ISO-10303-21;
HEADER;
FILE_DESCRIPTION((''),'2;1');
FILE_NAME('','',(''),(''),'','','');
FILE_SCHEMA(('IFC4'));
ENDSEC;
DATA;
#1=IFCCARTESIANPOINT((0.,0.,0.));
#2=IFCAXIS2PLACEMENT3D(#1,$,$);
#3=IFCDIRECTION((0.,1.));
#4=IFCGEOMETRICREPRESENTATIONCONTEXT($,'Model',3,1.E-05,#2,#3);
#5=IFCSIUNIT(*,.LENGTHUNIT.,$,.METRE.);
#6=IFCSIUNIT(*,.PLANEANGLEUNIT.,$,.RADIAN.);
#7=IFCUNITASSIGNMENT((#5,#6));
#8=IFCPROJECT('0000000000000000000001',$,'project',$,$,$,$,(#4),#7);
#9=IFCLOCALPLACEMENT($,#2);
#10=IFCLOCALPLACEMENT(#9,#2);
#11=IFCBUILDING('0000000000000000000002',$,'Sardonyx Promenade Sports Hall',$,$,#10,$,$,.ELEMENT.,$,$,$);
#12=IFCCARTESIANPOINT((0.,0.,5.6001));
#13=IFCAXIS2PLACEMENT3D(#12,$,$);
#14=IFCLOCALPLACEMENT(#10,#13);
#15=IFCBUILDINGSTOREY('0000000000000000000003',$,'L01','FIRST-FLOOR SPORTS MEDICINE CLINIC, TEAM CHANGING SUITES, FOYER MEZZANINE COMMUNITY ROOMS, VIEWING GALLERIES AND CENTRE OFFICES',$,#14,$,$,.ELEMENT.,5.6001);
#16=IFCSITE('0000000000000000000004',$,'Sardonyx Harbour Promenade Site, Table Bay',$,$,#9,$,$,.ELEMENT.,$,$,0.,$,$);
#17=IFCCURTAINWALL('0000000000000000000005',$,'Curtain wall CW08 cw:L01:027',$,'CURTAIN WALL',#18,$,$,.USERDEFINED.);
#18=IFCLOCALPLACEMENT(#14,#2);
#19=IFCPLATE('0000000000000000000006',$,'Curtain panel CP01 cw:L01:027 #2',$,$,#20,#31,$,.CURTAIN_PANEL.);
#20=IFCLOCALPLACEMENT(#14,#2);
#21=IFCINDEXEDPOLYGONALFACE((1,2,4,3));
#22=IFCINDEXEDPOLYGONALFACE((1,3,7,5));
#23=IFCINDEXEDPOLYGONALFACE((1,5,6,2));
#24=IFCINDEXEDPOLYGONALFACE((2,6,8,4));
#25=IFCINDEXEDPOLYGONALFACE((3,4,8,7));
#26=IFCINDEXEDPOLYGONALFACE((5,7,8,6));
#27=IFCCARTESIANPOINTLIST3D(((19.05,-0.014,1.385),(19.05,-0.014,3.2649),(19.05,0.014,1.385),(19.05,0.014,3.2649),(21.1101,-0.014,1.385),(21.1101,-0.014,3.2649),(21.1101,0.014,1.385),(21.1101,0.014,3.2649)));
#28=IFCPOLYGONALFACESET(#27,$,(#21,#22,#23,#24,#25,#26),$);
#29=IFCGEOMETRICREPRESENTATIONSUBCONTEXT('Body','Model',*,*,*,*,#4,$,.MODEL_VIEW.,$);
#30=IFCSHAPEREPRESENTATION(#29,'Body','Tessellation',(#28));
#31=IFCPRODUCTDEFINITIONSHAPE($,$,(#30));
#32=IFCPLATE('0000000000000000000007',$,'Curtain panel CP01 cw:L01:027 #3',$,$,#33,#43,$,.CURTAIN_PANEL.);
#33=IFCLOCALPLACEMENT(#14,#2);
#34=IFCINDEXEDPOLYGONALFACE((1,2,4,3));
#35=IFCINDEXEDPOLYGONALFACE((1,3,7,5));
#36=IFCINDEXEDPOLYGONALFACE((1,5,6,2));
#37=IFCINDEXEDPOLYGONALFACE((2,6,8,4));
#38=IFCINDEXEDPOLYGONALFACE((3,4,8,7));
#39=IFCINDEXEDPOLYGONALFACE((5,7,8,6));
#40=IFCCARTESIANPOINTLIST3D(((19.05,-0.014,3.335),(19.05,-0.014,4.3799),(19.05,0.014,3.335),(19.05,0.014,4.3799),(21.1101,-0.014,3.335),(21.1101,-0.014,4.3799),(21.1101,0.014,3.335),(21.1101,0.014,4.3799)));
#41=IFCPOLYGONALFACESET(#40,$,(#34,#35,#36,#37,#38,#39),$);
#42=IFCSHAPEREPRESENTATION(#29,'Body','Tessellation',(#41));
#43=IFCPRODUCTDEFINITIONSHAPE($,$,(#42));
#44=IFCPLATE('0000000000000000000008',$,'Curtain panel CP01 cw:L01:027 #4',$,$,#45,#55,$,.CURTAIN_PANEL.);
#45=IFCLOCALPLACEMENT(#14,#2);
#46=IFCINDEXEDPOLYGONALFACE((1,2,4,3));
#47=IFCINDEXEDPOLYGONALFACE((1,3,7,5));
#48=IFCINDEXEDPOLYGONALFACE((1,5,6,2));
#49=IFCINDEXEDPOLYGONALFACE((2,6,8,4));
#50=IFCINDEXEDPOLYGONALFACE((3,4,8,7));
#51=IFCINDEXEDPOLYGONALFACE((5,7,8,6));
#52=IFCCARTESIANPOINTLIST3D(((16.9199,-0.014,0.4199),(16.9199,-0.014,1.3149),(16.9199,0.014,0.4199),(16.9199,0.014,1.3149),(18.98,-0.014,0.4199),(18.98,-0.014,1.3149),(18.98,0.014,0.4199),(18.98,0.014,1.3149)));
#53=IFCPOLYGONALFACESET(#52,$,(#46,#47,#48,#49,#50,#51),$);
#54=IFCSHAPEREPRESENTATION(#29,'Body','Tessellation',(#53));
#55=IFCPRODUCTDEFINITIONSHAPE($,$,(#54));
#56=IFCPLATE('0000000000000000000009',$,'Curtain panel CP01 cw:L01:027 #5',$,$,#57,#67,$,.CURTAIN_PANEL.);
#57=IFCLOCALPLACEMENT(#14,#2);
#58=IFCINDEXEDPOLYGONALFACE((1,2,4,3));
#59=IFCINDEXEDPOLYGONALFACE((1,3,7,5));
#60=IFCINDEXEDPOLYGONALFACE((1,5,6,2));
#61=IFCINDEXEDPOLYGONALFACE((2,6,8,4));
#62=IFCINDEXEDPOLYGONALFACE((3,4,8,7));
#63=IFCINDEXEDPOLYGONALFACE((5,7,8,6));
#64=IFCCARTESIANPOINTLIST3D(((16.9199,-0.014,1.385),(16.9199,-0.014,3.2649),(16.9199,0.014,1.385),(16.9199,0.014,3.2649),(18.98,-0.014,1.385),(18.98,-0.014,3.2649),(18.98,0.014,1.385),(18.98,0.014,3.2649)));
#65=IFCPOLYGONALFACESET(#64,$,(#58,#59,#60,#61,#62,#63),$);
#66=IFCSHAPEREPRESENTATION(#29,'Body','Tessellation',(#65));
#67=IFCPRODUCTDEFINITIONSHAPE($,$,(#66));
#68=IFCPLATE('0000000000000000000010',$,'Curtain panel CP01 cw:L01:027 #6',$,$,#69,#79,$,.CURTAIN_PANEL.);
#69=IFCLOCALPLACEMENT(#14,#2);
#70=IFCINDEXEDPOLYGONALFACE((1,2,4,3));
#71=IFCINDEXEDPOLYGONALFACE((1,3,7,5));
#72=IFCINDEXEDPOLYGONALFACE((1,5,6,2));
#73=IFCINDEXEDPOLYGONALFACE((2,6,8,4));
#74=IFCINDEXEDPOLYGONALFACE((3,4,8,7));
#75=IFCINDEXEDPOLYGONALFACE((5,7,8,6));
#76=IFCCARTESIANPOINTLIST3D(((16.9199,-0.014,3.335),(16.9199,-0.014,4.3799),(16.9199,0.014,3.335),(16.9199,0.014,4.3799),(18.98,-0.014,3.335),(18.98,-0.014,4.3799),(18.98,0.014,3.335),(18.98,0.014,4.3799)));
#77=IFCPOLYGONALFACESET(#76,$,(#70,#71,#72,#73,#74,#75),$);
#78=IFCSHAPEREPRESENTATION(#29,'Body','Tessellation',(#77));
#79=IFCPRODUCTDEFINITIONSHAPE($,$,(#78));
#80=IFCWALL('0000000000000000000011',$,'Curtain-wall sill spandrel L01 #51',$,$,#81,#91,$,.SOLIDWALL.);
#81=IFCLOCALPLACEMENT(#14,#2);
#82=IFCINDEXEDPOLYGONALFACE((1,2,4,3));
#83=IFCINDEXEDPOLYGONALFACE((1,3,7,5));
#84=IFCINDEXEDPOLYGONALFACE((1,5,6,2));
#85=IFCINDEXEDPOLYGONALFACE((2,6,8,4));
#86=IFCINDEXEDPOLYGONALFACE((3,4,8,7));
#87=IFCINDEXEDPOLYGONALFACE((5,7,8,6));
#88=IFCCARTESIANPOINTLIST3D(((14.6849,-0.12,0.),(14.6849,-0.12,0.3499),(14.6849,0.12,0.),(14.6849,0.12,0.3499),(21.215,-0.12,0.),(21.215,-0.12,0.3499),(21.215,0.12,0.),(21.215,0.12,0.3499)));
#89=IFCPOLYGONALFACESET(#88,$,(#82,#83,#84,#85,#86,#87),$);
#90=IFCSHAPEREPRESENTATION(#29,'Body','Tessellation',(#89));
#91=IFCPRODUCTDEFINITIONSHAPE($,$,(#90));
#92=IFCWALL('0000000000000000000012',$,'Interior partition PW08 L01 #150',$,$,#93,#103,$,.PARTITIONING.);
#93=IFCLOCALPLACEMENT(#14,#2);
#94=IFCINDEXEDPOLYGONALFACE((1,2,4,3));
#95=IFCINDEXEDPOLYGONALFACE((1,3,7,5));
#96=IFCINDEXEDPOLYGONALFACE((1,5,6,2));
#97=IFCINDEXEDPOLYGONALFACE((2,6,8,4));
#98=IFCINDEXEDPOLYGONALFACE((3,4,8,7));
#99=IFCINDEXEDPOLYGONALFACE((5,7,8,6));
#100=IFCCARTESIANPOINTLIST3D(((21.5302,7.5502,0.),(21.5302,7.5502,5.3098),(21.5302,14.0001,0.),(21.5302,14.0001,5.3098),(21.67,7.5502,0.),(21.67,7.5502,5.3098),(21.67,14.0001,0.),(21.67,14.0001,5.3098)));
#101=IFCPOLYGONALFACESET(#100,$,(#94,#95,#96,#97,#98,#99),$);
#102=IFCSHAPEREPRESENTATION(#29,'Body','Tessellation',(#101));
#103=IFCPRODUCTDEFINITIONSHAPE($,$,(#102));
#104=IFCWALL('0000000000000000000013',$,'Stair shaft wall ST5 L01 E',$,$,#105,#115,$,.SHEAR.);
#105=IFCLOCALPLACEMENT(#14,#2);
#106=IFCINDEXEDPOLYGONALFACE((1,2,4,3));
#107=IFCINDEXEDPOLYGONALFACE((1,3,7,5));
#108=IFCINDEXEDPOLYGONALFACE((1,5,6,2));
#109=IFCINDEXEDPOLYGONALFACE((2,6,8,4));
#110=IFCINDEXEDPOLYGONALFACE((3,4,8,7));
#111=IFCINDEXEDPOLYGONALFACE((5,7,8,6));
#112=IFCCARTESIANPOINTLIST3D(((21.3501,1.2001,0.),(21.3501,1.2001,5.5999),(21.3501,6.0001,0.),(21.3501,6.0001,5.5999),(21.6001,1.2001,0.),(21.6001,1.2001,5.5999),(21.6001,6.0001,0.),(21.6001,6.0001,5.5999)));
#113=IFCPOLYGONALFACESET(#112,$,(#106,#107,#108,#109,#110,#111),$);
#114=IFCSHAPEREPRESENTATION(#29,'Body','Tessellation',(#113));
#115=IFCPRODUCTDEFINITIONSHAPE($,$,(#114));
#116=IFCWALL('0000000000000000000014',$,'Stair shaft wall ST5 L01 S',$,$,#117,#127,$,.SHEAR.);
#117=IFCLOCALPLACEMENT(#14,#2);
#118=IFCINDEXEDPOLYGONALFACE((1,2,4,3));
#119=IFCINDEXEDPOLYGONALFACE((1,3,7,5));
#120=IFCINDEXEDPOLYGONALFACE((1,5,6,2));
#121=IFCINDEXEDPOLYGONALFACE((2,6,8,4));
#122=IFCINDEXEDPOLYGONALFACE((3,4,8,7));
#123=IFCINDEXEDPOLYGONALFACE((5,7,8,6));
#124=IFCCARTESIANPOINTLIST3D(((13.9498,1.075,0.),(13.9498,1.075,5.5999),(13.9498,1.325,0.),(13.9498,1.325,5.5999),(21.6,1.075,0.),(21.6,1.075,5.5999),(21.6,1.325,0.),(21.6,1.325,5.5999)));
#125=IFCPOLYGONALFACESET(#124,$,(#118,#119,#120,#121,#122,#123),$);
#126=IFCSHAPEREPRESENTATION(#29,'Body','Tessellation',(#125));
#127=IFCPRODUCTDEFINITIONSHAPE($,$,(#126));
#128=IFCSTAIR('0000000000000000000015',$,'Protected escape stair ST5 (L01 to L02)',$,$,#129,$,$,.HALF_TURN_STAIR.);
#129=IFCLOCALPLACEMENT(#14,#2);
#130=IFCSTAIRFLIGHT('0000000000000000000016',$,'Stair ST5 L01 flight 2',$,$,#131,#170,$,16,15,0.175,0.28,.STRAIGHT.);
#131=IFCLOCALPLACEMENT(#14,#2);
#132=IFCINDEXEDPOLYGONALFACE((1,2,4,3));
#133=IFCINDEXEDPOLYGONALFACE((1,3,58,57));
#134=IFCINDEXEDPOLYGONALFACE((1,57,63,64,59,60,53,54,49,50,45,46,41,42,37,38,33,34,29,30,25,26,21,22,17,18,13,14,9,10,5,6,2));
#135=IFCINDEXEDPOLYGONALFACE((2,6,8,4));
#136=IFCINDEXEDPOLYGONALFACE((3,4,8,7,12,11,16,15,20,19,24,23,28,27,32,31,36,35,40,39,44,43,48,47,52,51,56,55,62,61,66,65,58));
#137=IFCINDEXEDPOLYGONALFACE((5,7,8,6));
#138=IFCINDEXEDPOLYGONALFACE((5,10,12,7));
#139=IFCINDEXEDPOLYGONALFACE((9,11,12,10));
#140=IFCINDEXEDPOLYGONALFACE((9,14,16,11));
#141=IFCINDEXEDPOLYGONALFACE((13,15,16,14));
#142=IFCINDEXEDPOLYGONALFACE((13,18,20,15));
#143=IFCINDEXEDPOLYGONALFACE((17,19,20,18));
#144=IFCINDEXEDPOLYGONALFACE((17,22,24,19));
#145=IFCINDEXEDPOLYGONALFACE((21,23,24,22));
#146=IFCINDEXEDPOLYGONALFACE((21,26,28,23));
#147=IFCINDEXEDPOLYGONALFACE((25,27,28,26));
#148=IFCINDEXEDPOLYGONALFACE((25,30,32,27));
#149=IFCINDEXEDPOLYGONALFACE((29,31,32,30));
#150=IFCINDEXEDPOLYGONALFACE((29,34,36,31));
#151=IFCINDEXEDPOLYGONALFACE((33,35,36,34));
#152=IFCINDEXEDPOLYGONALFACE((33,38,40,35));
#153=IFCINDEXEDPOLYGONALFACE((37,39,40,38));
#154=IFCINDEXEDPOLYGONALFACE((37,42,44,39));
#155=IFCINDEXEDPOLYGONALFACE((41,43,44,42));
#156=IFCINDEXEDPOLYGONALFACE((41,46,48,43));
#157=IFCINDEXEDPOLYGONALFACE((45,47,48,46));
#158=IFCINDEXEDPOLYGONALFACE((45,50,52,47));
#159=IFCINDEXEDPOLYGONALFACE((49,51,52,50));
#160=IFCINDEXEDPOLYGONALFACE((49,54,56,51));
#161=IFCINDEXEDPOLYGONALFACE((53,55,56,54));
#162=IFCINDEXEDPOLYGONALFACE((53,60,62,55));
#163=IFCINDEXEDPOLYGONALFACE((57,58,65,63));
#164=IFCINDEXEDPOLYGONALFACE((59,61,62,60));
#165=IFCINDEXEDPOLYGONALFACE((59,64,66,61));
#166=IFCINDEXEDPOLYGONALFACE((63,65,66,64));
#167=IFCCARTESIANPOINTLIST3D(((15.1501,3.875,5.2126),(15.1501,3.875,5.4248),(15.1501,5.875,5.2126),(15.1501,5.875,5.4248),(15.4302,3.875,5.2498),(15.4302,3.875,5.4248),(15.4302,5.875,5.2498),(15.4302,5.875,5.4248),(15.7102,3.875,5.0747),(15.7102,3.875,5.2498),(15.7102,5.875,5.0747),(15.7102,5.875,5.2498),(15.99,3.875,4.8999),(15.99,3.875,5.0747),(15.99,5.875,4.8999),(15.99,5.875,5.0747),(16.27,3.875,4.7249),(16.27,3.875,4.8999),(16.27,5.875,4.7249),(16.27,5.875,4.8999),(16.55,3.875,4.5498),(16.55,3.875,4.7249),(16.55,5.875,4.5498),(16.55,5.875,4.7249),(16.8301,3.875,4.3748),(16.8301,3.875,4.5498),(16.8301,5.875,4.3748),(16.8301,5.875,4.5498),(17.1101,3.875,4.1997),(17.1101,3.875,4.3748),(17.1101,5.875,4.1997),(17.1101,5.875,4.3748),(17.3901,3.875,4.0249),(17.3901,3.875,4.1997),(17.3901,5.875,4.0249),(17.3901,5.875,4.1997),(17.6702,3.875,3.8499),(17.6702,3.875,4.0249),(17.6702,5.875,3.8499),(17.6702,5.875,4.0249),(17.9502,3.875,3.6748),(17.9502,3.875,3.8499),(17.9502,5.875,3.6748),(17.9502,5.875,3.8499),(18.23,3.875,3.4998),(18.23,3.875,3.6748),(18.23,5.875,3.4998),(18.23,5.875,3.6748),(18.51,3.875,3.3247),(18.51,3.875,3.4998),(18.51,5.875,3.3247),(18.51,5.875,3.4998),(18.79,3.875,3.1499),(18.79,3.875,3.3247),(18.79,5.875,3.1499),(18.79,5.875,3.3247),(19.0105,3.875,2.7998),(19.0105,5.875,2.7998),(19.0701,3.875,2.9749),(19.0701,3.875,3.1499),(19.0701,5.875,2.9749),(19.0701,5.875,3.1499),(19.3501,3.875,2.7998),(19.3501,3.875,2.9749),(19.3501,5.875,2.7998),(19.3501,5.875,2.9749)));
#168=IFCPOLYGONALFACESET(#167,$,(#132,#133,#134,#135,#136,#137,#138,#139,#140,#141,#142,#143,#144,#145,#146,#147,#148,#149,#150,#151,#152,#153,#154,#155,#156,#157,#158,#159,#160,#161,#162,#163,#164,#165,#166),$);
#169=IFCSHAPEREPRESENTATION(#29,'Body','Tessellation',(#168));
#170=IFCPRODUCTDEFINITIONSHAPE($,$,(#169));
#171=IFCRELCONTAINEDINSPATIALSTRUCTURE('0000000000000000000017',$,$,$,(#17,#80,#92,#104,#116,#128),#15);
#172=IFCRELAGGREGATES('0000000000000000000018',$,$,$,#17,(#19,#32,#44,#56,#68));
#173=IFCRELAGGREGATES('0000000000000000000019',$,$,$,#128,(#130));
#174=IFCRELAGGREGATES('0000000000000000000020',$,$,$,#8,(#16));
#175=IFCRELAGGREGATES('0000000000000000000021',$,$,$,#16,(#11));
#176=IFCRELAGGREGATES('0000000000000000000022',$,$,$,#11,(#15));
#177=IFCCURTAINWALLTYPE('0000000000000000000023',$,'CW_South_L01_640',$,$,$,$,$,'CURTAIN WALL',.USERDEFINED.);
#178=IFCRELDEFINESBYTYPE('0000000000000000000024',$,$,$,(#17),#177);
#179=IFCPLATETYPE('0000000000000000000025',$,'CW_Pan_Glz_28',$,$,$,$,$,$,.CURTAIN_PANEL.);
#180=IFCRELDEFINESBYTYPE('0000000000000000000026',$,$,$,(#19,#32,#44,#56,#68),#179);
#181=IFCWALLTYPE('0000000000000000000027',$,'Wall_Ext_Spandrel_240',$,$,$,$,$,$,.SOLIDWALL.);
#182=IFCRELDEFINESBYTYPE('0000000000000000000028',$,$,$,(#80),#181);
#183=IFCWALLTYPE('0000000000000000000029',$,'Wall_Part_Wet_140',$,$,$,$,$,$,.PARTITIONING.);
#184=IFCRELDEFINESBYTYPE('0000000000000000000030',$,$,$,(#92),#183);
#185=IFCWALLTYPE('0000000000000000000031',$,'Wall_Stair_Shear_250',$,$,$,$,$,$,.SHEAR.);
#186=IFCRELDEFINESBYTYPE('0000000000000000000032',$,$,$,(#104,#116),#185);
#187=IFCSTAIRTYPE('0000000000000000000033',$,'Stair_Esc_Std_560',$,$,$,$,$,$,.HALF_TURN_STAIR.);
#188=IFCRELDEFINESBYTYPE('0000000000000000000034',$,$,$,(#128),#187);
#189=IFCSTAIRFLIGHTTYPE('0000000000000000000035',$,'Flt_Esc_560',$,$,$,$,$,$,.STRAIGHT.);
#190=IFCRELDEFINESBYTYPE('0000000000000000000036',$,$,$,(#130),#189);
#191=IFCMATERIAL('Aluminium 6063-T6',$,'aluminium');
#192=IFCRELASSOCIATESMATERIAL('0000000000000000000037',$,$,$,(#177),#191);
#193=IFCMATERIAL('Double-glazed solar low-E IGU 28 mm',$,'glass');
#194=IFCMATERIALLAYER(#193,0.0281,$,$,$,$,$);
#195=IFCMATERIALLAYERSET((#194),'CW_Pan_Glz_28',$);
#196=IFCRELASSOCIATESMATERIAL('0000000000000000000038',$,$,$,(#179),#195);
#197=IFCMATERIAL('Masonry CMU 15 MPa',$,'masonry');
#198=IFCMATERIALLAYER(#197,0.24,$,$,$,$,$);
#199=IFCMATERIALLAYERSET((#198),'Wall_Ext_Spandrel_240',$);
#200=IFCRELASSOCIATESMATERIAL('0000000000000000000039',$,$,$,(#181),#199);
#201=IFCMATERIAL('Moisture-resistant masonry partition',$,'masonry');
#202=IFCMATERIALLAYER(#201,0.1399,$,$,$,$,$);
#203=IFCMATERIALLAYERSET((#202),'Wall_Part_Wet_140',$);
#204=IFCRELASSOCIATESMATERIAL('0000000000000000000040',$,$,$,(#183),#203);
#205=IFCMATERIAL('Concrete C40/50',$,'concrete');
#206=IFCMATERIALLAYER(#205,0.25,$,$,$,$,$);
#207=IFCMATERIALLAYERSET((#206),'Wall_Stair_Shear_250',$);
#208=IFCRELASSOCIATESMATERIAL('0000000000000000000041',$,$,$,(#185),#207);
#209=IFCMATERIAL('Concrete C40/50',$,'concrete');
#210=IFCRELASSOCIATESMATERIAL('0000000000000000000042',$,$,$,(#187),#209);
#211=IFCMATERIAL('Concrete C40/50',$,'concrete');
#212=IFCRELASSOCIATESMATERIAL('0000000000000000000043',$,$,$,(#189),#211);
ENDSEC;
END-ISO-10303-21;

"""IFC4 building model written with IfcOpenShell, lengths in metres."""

from ifc_helpers import new_model, si_unit, direction, frame, frame_2d, origin, origin_2d, place, context, subcontext, project, spatial, polyline, rectangle, outline, extrude, material, layer, layer_set, type_object, element, aggregate, save


model = new_model("IFC4")

# Units and contexts
model_context = context("Model", 3, precision=1e-05, world=origin(), true_north=direction((0.0, 1.0)))
body_context = subcontext(model_context, "Body", "Model", "MODEL_VIEW")
ifc_project = project(units=[si_unit("LENGTHUNIT", "METRE"), si_unit("PLANEANGLEUNIT", "RADIAN")], contexts=[model_context])

# Site, building, storey
site_placement = place(None, origin())
site = spatial("IfcSite", under=ifc_project, at=site_placement, Name="Sardonyx Harbour Promenade Site, Table Bay", CompositionType="ELEMENT", RefElevation=0.0)
building_placement = place(site_placement, origin())
building = spatial("IfcBuilding", under=site, at=building_placement, Name="Sardonyx Promenade Sports Hall", CompositionType="ELEMENT")
storey_placement = place(building_placement, frame((0.0, 0.0, 5.6001)))
storey = spatial("IfcBuildingStorey", under=building, at=storey_placement, Name="L01", Description="FIRST-FLOOR SPORTS MEDICINE CLINIC, TEAM CHANGING SUITES, FOYER MEZZANINE COMMUNITY ROOMS, VIEWING GALLERIES AND CENTRE OFFICES", CompositionType="ELEMENT", Elevation=5.6001)

# Curtain wall, plates
ifc_material_1 = material(Name="Aluminium 6063-T6", Category="aluminium")
curtain_wall_type = type_object("IfcCurtainWallType", Name="CW_South_L01_640", ElementType="CURTAIN WALL", PredefinedType="USERDEFINED", material=ifc_material_1)
curtain_wall_placement = place(storey_placement, origin())
curtain_wall = element("IfcCurtainWall", 1, at=curtain_wall_placement, inside=storey, type_object=curtain_wall_type, Name="Curtain wall CW08 cw:L01:027", ObjectType="CURTAIN WALL", PredefinedType="USERDEFINED")
ifc_material_2 = material(Name="Double-glazed solar low-E IGU 28 mm", Category="glass")
ifc_layer_1 = layer(ifc_material_2, 0.0281)
ifc_layer_set_1 = layer_set([ifc_layer_1], Name="CW_Pan_Glz_28")
plate_type = type_object("IfcPlateType", Name="CW_Pan_Glz_28", PredefinedType="CURTAIN_PANEL", material=ifc_layer_set_1)
plate_1_placement = place(storey_placement, frame((20.0801, 0.0, 1.385), z_axis=(0.0, 0.0, 1.0), x_axis=(-1.0, 0.0, 0.0)))
plate_1 = element("IfcPlate", 2, at=plate_1_placement, type_object=plate_type, Name="Curtain panel CP01 cw:L01:027 #2", PredefinedType="CURTAIN_PANEL", context=body_context, shape_type="SweptSolid", body=[
    extrude(rectangle(XDim=2.0601, YDim=0.0281, at=origin_2d()), origin(), (0.0, 0.0, 1.0), 1.8799),
])
plate_2_placement = place(storey_placement, frame((20.0801, 0.0, 3.335), z_axis=(0.0, 0.0, 1.0), x_axis=(-1.0, 0.0, 0.0)))
plate_2 = element("IfcPlate", 3, at=plate_2_placement, type_object=plate_type, Name="Curtain panel CP01 cw:L01:027 #3", PredefinedType="CURTAIN_PANEL", context=body_context, shape_type="SweptSolid", body=[
    extrude(rectangle(XDim=2.0601, YDim=0.0281, at=origin_2d()), origin(), (0.0, 0.0, 1.0), 1.0449),
])
plate_3_placement = place(storey_placement, frame((17.95, 0.0, 0.4199), z_axis=(0.0, 0.0, 1.0), x_axis=(-1.0, 0.0, 0.0)))
plate_3 = element("IfcPlate", 4, at=plate_3_placement, type_object=plate_type, Name="Curtain panel CP01 cw:L01:027 #4", PredefinedType="CURTAIN_PANEL", context=body_context, shape_type="SweptSolid", body=[
    extrude(rectangle(XDim=2.0601, YDim=0.0281, at=origin_2d()), origin(), (0.0, 0.0, 1.0), 0.895),
])
plate_4_placement = place(storey_placement, frame((17.95, 0.0, 1.385), z_axis=(0.0, 0.0, 1.0), x_axis=(-1.0, 0.0, 0.0)))
plate_4 = element("IfcPlate", 5, at=plate_4_placement, type_object=plate_type, Name="Curtain panel CP01 cw:L01:027 #5", PredefinedType="CURTAIN_PANEL", context=body_context, shape_type="SweptSolid", body=[
    extrude(rectangle(XDim=2.0601, YDim=0.0281, at=origin_2d()), origin(), (0.0, 0.0, 1.0), 1.8799),
])
plate_5_placement = place(storey_placement, frame((17.95, 0.0, 3.335), z_axis=(0.0, 0.0, 1.0), x_axis=(-1.0, 0.0, 0.0)))
plate_5 = element("IfcPlate", 6, at=plate_5_placement, type_object=plate_type, Name="Curtain panel CP01 cw:L01:027 #6", PredefinedType="CURTAIN_PANEL", context=body_context, shape_type="SweptSolid", body=[
    extrude(rectangle(XDim=2.0601, YDim=0.0281, at=origin_2d()), origin(), (0.0, 0.0, 1.0), 1.0449),
])
aggregate(curtain_wall, [plate_1, plate_2, plate_3, plate_4, plate_5])

# Walls
ifc_material_3 = material(Name="Masonry CMU 15 MPa", Category="masonry")
ifc_layer_2 = layer(ifc_material_3, 0.24)
ifc_layer_set_2 = layer_set([ifc_layer_2], Name="Wall_Ext_Spandrel_240")
wall_type_1 = type_object("IfcWallType", Name="Wall_Ext_Spandrel_240", PredefinedType="SOLIDWALL", material=ifc_layer_set_2)
wall_1_placement = place(storey_placement, frame((21.2151, 0.0, 0.0), z_axis=(0.0, 0.0, 1.0), x_axis=(-1.0, 0.0, 0.0)))
element("IfcWall", 7, at=wall_1_placement, inside=storey, type_object=wall_type_1, Name="Curtain-wall sill spandrel L01 #51", PredefinedType="SOLIDWALL", context=body_context, shape_type="SweptSolid", body=[
    extrude(rectangle(XDim=6.53, YDim=0.24, at=frame_2d((3.2651, 0.0))), origin(), (0.0, 0.0, 1.0), 0.3499),
])
ifc_material_4 = material(Name="Moisture-resistant masonry partition", Category="masonry")
ifc_layer_3 = layer(ifc_material_4, 0.1399)
ifc_layer_set_3 = layer_set([ifc_layer_3], Name="Wall_Part_Wet_140")
wall_type_2 = type_object("IfcWallType", Name="Wall_Part_Wet_140", PredefinedType="PARTITIONING", material=ifc_layer_set_3)
wall_2_placement = place(storey_placement, frame((21.6001, 7.55, 0.0), z_axis=(0.0, 0.0, 1.0), x_axis=(0.0, 1.0, 0.0)))
element("IfcWall", 8, at=wall_2_placement, inside=storey, type_object=wall_type_2, Name="Interior partition PW08 L01 #150", PredefinedType="PARTITIONING", context=body_context, shape_type="SweptSolid", body=[
    extrude(rectangle(XDim=6.45, YDim=0.1399, at=frame_2d((3.2251, 0.0))), origin(), (0.0, 0.0, 1.0), 5.3098),
])
ifc_material_5 = material(Name="Concrete C40/50", Category="concrete")
ifc_layer_4 = layer(ifc_material_5, 0.25)
ifc_layer_set_4 = layer_set([ifc_layer_4], Name="Wall_Stair_Shear_250")
wall_type_3 = type_object("IfcWallType", Name="Wall_Stair_Shear_250", PredefinedType="SHEAR", material=ifc_layer_set_4)
wall_3_placement = place(storey_placement, frame((21.4751, 6.0, 0.0), z_axis=(0.0, 0.0, 1.0), x_axis=(0.0, -1.0, 0.0)))
element("IfcWall", 9, at=wall_3_placement, inside=storey, type_object=wall_type_3, Name="Stair shaft wall ST5 L01 E", PredefinedType="SHEAR", context=body_context, shape_type="SweptSolid", body=[
    extrude(rectangle(XDim=4.8, YDim=0.25, at=frame_2d((2.3999, 0.0))), origin(), (0.0, 0.0, 1.0), 5.5999),
])
wall_4_placement = place(storey_placement, frame((21.6001, 1.2, 0.0), z_axis=(0.0, 0.0, 1.0), x_axis=(-1.0, 0.0, 0.0)))
element("IfcWall", 10, at=wall_4_placement, inside=storey, type_object=wall_type_3, Name="Stair shaft wall ST5 L01 S", PredefinedType="SHEAR", context=body_context, shape_type="SweptSolid", body=[
    extrude(rectangle(XDim=7.6501, YDim=0.25, at=frame_2d((3.8252, 0.0))), origin(), (0.0, 0.0, 1.0), 5.5999),
])

# Stair, stair flight
ifc_material_6 = material(Name="Concrete C40/50", Category="concrete")
stair_type = type_object("IfcStairType", Name="Stair_Esc_Std_560", PredefinedType="HALF_TURN_STAIR", material=ifc_material_6)
stair_placement = place(storey_placement, origin())
stair = element("IfcStair", 11, at=stair_placement, inside=storey, type_object=stair_type, Name="Protected escape stair ST5 (L01 to L02)", PredefinedType="HALF_TURN_STAIR")
ifc_material_7 = material(Name="Concrete C40/50", Category="concrete")
stair_flight_type = type_object("IfcStairFlightType", Name="Flt_Esc_560", PredefinedType="STRAIGHT", material=ifc_material_7)
stair_flight_placement = place(storey_placement, frame((19.3501, 4.875, 2.7998), z_axis=(0.0, 0.0, 1.0), x_axis=(-1.0, 0.0, 0.0)))
stair_flight = element("IfcStairFlight", 12, at=stair_flight_placement, type_object=stair_flight_type, Name="Stair ST5 L01 flight 2", NumberOfRisers=16, NumberOfTreads=15, PredefinedType="STRAIGHT", RiserHeight=0.175, TreadLength=0.28, context=body_context, shape_type="SweptSolid", body=[
    extrude(outline(polyline([(0.0, 0.0), (0.0, 0.175), (0.28, 0.175), (0.28, 0.3501), (0.5601, 0.3501), (0.5601, 0.5249), (0.8401, 0.5249), (0.8401, 0.7), (1.1201, 0.7), (1.1201, 0.875), (1.3999, 0.875), (1.3999, 1.05), (1.6799, 1.05), (1.6799, 1.2251), (1.96, 1.2251), (1.96, 1.3999), (2.24, 1.3999), (2.24, 1.575), (2.52, 1.575), (2.52, 1.75), (2.8, 1.75), (2.8, 1.925), (3.0801, 1.925), (3.0801, 2.1001), (3.3601, 2.1001), (3.3601, 2.2749), (3.6399, 2.2749), (3.6399, 2.45), (3.9199, 2.45), (3.9199, 2.625), (4.2, 2.625), (4.2, 2.8), (4.2, 2.4128), (0.3396, 0.0), (0.0, 0.0)])), frame((0.0, 1.0, 0.0), z_axis=(0.0, -1.0, 0.0), x_axis=(1.0, 0.0, 0.0)), (0.0, 0.0, 1.0), 2.0),
])
aggregate(stair, [stair_flight])

save(model, "model.ifc")
